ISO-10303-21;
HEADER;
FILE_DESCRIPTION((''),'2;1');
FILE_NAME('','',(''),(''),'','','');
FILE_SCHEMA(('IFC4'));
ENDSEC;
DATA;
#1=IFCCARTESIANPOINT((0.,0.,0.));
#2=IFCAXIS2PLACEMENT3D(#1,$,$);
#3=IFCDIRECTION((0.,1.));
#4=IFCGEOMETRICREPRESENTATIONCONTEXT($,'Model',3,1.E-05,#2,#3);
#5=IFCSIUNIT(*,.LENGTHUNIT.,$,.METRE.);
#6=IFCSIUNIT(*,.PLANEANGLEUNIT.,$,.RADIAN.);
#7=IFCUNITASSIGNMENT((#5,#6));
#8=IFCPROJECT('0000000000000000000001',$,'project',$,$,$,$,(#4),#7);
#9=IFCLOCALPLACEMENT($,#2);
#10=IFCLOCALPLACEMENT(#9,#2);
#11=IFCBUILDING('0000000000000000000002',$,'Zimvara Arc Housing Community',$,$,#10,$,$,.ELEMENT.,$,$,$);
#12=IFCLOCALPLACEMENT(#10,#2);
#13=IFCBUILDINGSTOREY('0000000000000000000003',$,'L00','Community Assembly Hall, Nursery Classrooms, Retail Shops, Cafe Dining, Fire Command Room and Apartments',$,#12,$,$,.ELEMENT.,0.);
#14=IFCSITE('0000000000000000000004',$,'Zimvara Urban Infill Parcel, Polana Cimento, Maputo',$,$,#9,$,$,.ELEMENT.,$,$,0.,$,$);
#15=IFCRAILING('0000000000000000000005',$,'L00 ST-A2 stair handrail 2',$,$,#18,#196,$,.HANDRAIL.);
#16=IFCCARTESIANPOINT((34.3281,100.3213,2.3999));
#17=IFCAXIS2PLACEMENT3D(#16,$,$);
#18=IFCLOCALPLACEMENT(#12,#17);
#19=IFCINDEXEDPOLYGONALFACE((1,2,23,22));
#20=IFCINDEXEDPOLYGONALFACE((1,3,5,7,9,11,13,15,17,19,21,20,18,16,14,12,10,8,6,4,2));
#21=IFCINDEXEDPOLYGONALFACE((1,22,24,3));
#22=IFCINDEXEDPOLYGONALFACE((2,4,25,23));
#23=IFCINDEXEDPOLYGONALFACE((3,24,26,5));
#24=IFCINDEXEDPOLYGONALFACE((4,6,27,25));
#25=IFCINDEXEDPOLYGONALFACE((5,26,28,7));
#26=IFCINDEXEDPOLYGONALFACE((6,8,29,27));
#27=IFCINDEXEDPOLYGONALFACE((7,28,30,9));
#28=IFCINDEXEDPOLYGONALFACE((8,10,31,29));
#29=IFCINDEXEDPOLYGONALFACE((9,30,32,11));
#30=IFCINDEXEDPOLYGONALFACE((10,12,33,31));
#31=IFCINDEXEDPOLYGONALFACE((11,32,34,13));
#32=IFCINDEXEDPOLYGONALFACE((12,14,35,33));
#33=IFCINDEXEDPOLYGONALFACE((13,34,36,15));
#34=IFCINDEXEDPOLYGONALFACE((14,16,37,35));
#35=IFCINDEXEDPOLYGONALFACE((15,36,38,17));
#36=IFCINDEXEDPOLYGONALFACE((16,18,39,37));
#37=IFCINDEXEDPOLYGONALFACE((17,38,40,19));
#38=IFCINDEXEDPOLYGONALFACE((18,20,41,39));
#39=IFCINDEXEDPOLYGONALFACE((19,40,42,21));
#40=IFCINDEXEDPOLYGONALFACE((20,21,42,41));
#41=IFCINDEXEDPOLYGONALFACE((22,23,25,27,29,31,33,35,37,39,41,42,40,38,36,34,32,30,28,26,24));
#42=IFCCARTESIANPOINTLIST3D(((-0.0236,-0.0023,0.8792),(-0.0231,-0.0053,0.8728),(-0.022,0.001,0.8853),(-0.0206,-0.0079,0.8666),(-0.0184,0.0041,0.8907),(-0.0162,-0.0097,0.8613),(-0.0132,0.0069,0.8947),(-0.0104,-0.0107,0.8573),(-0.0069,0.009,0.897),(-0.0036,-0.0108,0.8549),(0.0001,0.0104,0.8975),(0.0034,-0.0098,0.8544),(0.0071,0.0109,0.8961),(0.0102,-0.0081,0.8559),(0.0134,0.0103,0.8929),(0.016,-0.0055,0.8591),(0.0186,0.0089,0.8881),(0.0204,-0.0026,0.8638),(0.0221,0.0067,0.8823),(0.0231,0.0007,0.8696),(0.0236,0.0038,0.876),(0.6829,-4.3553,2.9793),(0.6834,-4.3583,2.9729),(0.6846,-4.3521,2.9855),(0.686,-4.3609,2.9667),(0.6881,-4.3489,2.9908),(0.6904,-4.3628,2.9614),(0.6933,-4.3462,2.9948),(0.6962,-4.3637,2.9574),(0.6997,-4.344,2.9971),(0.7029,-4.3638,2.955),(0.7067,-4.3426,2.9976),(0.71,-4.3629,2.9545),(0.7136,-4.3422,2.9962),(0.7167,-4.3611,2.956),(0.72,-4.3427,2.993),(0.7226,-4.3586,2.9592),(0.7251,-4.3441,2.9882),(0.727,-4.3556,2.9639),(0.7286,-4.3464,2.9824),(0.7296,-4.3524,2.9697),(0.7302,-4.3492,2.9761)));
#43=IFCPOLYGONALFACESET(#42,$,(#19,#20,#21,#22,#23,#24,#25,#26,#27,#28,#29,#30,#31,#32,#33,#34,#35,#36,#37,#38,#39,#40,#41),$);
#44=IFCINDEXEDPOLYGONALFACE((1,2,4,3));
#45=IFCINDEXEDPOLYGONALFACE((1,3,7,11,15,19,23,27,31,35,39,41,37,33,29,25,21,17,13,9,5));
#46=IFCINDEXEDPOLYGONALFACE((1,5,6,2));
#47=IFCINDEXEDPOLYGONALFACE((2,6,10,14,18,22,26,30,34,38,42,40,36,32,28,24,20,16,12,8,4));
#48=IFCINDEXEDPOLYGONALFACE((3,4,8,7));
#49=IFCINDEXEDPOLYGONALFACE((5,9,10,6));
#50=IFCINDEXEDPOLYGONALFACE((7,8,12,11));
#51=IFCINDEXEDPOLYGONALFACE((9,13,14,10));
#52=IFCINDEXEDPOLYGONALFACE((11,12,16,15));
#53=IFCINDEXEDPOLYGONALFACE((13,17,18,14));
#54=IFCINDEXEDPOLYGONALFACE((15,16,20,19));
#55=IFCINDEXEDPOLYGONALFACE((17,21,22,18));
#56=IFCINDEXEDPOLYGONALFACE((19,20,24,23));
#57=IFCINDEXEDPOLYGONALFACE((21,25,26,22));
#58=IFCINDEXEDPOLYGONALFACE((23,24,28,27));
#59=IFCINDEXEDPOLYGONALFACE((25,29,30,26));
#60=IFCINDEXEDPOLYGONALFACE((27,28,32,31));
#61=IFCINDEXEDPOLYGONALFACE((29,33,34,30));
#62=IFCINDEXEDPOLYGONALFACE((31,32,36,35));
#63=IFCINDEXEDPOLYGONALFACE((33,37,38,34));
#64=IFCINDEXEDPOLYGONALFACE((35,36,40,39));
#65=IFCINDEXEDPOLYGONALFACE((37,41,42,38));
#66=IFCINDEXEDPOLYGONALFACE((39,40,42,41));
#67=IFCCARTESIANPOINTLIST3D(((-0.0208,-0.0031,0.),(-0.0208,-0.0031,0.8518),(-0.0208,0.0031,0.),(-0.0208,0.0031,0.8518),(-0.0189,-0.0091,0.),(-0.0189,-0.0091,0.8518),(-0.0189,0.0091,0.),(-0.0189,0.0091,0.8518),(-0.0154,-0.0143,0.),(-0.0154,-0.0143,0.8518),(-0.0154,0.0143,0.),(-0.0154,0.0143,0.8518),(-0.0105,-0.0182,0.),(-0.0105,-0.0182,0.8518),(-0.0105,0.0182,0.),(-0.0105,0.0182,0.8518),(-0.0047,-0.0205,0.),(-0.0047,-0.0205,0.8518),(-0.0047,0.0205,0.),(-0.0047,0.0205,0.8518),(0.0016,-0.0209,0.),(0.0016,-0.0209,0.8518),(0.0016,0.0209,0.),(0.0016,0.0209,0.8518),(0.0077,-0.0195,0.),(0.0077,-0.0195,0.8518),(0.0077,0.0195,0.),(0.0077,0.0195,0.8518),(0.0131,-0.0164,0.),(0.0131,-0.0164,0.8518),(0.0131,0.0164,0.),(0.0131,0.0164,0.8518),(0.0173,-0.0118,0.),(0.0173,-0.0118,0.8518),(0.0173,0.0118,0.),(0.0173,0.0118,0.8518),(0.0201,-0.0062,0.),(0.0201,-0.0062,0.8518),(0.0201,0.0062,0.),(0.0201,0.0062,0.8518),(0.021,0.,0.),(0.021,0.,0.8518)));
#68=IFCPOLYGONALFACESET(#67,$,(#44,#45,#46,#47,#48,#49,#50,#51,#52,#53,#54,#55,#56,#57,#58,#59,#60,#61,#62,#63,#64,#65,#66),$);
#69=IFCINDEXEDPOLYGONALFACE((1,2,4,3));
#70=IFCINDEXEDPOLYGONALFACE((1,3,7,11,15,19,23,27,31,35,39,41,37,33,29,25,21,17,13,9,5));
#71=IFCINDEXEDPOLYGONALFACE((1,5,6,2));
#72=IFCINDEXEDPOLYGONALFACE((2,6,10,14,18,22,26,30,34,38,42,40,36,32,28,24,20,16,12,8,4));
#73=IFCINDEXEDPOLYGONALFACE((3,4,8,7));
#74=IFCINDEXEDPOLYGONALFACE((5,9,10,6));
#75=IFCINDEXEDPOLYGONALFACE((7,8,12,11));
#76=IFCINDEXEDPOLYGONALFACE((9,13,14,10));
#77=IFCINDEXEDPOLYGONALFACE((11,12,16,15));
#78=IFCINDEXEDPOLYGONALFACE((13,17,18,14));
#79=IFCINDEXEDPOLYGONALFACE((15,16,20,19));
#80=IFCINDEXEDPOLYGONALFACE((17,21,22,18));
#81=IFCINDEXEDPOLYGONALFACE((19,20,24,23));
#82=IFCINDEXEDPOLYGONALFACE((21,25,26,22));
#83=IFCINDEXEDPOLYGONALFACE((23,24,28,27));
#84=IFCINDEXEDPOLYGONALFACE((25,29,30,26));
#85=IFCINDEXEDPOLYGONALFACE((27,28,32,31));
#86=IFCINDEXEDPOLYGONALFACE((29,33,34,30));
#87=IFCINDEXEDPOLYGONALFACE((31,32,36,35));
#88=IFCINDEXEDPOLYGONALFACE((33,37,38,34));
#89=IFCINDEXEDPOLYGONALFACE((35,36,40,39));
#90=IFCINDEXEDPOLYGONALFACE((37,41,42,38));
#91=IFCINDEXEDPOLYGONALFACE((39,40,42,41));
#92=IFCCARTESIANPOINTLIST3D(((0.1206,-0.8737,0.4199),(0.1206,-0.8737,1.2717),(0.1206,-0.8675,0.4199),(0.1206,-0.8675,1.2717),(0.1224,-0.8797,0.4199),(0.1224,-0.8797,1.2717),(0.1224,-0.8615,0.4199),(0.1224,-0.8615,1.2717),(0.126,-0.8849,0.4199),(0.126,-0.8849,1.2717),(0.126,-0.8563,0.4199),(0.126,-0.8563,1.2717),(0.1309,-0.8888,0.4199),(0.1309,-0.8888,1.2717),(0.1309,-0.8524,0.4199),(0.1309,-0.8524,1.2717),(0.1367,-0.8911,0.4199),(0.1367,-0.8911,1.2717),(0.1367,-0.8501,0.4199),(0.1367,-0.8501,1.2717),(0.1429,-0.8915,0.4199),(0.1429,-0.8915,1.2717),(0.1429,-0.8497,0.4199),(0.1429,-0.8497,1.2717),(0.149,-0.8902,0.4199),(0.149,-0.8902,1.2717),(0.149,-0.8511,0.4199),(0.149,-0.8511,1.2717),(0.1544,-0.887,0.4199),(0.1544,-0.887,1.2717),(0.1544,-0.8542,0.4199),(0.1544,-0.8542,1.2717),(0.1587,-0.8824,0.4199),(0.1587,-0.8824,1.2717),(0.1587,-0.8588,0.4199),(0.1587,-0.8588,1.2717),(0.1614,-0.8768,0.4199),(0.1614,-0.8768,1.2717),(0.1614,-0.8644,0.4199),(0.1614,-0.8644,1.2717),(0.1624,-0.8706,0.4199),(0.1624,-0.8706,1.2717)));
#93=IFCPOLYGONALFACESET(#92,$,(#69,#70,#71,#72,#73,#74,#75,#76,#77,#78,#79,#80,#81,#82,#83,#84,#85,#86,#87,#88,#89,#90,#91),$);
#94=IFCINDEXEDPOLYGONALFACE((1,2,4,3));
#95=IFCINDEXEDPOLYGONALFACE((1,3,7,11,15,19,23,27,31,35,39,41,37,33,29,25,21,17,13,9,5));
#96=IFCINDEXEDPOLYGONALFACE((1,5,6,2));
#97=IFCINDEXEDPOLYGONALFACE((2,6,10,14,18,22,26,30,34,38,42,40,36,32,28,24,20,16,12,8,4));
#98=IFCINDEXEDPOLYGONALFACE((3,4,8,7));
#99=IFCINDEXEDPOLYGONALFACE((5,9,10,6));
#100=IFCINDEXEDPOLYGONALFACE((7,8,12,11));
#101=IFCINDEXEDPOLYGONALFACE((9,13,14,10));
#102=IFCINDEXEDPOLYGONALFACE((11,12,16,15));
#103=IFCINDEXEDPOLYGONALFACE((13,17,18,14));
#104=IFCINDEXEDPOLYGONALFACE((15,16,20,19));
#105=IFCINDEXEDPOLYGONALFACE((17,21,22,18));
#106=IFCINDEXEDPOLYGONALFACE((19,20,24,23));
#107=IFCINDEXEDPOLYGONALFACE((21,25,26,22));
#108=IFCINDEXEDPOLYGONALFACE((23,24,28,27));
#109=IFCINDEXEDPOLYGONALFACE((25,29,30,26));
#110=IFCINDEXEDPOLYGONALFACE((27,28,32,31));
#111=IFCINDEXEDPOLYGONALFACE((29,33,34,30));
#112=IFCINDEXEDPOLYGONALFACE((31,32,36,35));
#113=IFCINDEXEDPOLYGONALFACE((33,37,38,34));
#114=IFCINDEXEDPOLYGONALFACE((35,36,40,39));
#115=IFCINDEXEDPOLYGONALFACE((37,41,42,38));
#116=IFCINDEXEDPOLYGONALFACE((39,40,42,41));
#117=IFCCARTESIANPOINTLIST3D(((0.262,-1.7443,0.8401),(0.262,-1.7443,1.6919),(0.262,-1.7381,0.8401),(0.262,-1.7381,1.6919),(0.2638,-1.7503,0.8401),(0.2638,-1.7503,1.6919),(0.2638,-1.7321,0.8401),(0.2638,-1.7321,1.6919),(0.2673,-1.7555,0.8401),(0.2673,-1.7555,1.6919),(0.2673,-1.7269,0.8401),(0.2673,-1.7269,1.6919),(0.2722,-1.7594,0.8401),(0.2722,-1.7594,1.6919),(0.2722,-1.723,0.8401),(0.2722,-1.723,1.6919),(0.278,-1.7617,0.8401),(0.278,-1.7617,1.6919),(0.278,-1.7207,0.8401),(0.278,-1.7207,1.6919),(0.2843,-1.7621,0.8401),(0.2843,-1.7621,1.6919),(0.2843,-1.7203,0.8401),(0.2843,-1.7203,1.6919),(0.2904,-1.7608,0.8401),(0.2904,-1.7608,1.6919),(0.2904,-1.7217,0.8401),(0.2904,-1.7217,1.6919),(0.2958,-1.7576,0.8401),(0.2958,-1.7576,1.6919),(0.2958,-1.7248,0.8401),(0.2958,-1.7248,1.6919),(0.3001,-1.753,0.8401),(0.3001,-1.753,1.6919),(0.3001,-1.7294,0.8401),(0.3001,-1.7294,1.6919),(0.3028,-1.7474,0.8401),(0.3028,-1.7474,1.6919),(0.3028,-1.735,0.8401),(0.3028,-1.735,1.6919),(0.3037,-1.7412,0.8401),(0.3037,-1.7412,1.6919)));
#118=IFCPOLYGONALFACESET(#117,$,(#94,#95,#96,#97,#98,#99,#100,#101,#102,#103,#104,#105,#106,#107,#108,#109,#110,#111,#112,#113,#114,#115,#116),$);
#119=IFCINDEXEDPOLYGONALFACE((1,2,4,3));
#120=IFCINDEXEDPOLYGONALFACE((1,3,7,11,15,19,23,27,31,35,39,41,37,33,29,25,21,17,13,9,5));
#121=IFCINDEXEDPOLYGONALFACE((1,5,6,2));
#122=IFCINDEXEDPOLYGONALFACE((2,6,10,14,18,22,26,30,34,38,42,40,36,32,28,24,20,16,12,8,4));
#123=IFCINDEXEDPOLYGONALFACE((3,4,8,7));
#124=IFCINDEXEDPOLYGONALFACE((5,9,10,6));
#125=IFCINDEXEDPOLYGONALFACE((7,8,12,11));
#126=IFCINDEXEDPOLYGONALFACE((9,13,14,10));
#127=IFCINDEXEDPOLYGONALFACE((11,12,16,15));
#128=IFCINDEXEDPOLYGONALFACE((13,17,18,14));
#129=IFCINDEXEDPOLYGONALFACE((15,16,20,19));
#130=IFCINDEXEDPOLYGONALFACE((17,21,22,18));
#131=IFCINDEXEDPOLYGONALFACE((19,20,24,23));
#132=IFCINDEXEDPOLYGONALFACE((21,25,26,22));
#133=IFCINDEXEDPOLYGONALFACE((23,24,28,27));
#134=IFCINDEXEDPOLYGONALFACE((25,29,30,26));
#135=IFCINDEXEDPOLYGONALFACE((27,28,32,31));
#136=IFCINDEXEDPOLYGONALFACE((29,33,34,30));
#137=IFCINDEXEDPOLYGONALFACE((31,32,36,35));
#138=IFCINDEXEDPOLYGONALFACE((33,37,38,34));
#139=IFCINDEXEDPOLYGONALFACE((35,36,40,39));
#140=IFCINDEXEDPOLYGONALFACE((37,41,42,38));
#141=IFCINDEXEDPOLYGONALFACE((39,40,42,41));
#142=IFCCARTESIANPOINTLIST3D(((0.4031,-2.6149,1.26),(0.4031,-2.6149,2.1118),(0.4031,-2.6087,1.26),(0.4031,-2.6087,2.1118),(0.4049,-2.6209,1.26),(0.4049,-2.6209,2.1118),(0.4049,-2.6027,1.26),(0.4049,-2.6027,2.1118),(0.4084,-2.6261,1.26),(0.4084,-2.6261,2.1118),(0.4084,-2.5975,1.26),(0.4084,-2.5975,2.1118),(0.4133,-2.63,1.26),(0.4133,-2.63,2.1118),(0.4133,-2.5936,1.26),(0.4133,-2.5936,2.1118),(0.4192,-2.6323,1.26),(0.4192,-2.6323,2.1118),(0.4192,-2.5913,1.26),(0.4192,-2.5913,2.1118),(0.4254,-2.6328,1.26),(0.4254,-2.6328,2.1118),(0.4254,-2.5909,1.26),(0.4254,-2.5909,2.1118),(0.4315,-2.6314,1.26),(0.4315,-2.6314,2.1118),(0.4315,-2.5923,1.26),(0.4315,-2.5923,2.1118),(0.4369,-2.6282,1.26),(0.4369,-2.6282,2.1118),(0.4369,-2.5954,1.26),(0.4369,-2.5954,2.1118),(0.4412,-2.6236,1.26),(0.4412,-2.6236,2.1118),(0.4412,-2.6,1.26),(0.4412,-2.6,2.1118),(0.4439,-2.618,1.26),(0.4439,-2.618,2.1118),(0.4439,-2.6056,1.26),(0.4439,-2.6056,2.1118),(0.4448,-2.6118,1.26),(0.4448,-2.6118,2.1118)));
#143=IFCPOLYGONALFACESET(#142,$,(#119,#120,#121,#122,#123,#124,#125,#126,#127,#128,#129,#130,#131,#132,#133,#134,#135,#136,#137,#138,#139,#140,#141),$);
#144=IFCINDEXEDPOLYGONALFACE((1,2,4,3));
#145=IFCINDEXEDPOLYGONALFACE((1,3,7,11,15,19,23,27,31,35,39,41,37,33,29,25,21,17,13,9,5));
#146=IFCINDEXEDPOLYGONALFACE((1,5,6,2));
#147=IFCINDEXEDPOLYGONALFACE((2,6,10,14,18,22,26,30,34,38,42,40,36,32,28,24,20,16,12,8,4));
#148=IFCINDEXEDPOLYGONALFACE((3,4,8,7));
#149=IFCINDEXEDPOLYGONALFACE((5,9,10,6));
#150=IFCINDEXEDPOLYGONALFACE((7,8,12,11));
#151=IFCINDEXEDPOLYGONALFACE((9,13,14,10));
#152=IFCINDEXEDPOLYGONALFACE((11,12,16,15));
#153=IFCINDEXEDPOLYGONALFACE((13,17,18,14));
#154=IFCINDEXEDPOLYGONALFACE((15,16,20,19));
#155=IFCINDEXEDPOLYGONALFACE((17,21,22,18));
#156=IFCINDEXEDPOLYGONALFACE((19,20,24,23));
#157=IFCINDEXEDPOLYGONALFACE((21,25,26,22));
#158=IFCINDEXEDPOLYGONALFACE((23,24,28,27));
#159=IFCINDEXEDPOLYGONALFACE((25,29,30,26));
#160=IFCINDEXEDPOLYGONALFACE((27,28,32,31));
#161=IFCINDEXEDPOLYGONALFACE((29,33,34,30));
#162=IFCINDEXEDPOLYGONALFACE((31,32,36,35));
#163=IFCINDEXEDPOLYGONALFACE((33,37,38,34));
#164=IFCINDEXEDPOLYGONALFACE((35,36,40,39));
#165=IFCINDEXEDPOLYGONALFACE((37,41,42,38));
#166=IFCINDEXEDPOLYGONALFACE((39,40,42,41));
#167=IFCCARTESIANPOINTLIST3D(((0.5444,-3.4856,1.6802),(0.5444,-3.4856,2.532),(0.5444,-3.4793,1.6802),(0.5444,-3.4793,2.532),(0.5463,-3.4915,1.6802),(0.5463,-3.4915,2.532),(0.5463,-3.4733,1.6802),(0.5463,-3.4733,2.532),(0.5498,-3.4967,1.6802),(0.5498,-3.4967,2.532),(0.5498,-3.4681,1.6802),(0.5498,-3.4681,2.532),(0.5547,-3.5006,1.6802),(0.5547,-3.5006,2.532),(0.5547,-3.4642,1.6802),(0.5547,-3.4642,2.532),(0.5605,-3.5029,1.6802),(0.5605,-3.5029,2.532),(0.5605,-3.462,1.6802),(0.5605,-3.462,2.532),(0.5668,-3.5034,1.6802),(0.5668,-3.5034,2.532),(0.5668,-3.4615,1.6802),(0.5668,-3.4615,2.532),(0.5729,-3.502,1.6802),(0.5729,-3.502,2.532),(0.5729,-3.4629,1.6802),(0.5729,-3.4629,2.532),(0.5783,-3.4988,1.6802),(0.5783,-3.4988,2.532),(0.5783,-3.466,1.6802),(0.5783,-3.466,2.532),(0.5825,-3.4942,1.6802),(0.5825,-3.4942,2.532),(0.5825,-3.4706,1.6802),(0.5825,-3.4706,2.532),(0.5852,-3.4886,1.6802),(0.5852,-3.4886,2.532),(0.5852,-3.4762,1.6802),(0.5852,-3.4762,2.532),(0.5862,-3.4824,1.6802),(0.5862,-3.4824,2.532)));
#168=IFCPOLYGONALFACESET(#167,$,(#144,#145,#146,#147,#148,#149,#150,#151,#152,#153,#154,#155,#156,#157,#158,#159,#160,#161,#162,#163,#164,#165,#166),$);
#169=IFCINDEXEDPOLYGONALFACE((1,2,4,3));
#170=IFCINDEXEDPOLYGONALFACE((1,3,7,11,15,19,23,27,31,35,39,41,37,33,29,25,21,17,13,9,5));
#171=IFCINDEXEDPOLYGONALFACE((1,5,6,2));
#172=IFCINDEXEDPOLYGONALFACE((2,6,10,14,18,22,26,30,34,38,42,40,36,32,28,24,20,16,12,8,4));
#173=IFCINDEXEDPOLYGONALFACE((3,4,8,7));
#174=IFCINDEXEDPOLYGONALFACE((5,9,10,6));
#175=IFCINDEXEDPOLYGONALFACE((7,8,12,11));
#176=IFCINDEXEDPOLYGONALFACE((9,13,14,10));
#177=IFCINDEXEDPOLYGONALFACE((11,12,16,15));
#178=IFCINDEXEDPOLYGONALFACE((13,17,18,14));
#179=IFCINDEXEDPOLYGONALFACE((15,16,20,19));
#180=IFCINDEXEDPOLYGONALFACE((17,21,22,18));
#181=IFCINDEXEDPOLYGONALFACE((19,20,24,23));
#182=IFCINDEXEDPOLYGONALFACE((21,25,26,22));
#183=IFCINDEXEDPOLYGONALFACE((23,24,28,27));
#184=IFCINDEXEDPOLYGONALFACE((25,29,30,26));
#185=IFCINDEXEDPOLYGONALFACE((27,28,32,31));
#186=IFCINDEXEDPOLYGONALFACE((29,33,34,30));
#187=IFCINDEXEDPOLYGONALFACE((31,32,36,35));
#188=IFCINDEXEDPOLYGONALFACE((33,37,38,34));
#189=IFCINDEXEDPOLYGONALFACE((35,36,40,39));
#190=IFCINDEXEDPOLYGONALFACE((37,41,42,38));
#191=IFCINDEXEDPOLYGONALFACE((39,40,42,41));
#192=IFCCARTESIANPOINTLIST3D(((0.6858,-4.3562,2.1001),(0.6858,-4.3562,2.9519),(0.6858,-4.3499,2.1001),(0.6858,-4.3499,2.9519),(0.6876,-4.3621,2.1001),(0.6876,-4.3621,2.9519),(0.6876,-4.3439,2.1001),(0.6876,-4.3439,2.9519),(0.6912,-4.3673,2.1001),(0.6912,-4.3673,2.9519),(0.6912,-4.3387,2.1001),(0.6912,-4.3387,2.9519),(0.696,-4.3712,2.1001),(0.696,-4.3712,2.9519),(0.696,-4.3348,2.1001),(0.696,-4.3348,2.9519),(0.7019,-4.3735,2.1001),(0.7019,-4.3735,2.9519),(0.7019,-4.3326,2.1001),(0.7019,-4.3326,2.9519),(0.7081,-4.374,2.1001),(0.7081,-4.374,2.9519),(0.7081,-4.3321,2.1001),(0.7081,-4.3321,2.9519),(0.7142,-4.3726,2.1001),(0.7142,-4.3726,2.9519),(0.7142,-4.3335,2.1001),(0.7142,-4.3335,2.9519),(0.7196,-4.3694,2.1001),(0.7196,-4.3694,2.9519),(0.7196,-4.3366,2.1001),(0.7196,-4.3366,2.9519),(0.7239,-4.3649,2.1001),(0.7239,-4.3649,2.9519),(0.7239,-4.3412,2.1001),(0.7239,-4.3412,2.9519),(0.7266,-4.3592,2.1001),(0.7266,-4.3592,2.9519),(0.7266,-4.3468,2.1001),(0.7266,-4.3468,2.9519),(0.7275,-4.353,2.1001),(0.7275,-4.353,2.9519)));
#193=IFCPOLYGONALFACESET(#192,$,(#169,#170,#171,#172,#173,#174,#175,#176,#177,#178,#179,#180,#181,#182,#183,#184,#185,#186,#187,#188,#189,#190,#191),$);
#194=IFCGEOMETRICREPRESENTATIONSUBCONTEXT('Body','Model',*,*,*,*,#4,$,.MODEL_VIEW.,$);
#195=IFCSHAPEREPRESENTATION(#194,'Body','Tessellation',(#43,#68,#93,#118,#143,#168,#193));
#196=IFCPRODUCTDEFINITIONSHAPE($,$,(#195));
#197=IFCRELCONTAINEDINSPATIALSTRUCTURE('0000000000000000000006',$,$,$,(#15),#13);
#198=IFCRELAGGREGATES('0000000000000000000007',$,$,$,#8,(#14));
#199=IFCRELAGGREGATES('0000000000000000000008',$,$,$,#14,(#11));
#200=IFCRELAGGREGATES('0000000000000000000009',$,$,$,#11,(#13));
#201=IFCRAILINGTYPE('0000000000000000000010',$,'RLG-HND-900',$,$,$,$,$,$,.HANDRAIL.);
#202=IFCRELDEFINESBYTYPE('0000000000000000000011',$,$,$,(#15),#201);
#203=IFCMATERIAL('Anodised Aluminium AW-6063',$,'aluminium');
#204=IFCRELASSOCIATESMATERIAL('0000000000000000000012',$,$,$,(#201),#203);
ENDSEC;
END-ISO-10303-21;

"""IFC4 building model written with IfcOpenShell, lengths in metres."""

from ifc_helpers import new_model, si_unit, direction, frame, origin, origin_2d, place, context, subcontext, project, spatial, circle, extrude, material, type_object, element, save


model = new_model("IFC4")

# Units and contexts
model_context = context("Model", 3, precision=1e-05, world=origin(), true_north=direction((0.0, 1.0)))
body_context = subcontext(model_context, "Body", "Model", "MODEL_VIEW")
ifc_project = project(units=[si_unit("LENGTHUNIT", "METRE"), si_unit("PLANEANGLEUNIT", "RADIAN")], contexts=[model_context])

# Site, building, storey
site_placement = place(None, origin())
site = spatial("IfcSite", under=ifc_project, at=site_placement, Name="Zimvara Urban Infill Parcel, Polana Cimento, Maputo", CompositionType="ELEMENT", RefElevation=0.0)
building_placement = place(site_placement, origin())
building = spatial("IfcBuilding", under=site, at=building_placement, Name="Zimvara Arc Housing Community", CompositionType="ELEMENT")
storey_placement = place(building_placement, origin())
storey = spatial("IfcBuildingStorey", under=building, at=storey_placement, Name="L00", Description="Community Assembly Hall, Nursery Classrooms, Retail Shops, Cafe Dining, Fire Command Room and Apartments", CompositionType="ELEMENT", Elevation=0.0)

# Railing
ifc_material_1 = material(Name="Anodised Aluminium AW-6063", Category="aluminium")
railing_type = type_object("IfcRailingType", Name="RLG-HND-900", PredefinedType="HANDRAIL", material=ifc_material_1)
railing_placement = place(storey_placement, frame((34.3281, 100.3213, 2.3999)))
element("IfcRailing", 1, at=railing_placement, inside=storey, type_object=railing_type, Name="L00 ST-A2 stair handrail 2", PredefinedType="HANDRAIL", context=body_context, shape_type="SweptSolid", body=[
    extrude(circle(Radius=0.0239, at=origin_2d()), frame((0.0, 0.0, 0.876), z_axis=(0.14465, -0.89119, 0.42995), x_axis=(0.987082, 0.160214, 0.0)), (0.0, 0.0, 1.0), 4.8845),
    extrude(circle(Radius=0.021, at=origin_2d()), origin(), (0.0, 0.0, 1.0), 0.8518),
    extrude(circle(Radius=0.021, at=origin_2d()), frame((0.1414, -0.8706, 0.4199)), (0.0, 0.0, 1.0), 0.8518),
    extrude(circle(Radius=0.021, at=origin_2d()), frame((0.2827, -1.7412, 0.8401)), (0.0, 0.0, 1.0), 0.8518),
    extrude(circle(Radius=0.021, at=origin_2d()), frame((0.4238, -2.6118, 1.26)), (0.0, 0.0, 1.0), 0.8518),
    extrude(circle(Radius=0.021, at=origin_2d()), frame((0.5652, -3.4824, 1.6802)), (0.0, 0.0, 1.0), 0.8518),
    extrude(circle(Radius=0.021, at=origin_2d()), frame((0.7065, -4.353, 2.1001)), (0.0, 0.0, 1.0), 0.8518),
])

save(model, "model.ifc")
